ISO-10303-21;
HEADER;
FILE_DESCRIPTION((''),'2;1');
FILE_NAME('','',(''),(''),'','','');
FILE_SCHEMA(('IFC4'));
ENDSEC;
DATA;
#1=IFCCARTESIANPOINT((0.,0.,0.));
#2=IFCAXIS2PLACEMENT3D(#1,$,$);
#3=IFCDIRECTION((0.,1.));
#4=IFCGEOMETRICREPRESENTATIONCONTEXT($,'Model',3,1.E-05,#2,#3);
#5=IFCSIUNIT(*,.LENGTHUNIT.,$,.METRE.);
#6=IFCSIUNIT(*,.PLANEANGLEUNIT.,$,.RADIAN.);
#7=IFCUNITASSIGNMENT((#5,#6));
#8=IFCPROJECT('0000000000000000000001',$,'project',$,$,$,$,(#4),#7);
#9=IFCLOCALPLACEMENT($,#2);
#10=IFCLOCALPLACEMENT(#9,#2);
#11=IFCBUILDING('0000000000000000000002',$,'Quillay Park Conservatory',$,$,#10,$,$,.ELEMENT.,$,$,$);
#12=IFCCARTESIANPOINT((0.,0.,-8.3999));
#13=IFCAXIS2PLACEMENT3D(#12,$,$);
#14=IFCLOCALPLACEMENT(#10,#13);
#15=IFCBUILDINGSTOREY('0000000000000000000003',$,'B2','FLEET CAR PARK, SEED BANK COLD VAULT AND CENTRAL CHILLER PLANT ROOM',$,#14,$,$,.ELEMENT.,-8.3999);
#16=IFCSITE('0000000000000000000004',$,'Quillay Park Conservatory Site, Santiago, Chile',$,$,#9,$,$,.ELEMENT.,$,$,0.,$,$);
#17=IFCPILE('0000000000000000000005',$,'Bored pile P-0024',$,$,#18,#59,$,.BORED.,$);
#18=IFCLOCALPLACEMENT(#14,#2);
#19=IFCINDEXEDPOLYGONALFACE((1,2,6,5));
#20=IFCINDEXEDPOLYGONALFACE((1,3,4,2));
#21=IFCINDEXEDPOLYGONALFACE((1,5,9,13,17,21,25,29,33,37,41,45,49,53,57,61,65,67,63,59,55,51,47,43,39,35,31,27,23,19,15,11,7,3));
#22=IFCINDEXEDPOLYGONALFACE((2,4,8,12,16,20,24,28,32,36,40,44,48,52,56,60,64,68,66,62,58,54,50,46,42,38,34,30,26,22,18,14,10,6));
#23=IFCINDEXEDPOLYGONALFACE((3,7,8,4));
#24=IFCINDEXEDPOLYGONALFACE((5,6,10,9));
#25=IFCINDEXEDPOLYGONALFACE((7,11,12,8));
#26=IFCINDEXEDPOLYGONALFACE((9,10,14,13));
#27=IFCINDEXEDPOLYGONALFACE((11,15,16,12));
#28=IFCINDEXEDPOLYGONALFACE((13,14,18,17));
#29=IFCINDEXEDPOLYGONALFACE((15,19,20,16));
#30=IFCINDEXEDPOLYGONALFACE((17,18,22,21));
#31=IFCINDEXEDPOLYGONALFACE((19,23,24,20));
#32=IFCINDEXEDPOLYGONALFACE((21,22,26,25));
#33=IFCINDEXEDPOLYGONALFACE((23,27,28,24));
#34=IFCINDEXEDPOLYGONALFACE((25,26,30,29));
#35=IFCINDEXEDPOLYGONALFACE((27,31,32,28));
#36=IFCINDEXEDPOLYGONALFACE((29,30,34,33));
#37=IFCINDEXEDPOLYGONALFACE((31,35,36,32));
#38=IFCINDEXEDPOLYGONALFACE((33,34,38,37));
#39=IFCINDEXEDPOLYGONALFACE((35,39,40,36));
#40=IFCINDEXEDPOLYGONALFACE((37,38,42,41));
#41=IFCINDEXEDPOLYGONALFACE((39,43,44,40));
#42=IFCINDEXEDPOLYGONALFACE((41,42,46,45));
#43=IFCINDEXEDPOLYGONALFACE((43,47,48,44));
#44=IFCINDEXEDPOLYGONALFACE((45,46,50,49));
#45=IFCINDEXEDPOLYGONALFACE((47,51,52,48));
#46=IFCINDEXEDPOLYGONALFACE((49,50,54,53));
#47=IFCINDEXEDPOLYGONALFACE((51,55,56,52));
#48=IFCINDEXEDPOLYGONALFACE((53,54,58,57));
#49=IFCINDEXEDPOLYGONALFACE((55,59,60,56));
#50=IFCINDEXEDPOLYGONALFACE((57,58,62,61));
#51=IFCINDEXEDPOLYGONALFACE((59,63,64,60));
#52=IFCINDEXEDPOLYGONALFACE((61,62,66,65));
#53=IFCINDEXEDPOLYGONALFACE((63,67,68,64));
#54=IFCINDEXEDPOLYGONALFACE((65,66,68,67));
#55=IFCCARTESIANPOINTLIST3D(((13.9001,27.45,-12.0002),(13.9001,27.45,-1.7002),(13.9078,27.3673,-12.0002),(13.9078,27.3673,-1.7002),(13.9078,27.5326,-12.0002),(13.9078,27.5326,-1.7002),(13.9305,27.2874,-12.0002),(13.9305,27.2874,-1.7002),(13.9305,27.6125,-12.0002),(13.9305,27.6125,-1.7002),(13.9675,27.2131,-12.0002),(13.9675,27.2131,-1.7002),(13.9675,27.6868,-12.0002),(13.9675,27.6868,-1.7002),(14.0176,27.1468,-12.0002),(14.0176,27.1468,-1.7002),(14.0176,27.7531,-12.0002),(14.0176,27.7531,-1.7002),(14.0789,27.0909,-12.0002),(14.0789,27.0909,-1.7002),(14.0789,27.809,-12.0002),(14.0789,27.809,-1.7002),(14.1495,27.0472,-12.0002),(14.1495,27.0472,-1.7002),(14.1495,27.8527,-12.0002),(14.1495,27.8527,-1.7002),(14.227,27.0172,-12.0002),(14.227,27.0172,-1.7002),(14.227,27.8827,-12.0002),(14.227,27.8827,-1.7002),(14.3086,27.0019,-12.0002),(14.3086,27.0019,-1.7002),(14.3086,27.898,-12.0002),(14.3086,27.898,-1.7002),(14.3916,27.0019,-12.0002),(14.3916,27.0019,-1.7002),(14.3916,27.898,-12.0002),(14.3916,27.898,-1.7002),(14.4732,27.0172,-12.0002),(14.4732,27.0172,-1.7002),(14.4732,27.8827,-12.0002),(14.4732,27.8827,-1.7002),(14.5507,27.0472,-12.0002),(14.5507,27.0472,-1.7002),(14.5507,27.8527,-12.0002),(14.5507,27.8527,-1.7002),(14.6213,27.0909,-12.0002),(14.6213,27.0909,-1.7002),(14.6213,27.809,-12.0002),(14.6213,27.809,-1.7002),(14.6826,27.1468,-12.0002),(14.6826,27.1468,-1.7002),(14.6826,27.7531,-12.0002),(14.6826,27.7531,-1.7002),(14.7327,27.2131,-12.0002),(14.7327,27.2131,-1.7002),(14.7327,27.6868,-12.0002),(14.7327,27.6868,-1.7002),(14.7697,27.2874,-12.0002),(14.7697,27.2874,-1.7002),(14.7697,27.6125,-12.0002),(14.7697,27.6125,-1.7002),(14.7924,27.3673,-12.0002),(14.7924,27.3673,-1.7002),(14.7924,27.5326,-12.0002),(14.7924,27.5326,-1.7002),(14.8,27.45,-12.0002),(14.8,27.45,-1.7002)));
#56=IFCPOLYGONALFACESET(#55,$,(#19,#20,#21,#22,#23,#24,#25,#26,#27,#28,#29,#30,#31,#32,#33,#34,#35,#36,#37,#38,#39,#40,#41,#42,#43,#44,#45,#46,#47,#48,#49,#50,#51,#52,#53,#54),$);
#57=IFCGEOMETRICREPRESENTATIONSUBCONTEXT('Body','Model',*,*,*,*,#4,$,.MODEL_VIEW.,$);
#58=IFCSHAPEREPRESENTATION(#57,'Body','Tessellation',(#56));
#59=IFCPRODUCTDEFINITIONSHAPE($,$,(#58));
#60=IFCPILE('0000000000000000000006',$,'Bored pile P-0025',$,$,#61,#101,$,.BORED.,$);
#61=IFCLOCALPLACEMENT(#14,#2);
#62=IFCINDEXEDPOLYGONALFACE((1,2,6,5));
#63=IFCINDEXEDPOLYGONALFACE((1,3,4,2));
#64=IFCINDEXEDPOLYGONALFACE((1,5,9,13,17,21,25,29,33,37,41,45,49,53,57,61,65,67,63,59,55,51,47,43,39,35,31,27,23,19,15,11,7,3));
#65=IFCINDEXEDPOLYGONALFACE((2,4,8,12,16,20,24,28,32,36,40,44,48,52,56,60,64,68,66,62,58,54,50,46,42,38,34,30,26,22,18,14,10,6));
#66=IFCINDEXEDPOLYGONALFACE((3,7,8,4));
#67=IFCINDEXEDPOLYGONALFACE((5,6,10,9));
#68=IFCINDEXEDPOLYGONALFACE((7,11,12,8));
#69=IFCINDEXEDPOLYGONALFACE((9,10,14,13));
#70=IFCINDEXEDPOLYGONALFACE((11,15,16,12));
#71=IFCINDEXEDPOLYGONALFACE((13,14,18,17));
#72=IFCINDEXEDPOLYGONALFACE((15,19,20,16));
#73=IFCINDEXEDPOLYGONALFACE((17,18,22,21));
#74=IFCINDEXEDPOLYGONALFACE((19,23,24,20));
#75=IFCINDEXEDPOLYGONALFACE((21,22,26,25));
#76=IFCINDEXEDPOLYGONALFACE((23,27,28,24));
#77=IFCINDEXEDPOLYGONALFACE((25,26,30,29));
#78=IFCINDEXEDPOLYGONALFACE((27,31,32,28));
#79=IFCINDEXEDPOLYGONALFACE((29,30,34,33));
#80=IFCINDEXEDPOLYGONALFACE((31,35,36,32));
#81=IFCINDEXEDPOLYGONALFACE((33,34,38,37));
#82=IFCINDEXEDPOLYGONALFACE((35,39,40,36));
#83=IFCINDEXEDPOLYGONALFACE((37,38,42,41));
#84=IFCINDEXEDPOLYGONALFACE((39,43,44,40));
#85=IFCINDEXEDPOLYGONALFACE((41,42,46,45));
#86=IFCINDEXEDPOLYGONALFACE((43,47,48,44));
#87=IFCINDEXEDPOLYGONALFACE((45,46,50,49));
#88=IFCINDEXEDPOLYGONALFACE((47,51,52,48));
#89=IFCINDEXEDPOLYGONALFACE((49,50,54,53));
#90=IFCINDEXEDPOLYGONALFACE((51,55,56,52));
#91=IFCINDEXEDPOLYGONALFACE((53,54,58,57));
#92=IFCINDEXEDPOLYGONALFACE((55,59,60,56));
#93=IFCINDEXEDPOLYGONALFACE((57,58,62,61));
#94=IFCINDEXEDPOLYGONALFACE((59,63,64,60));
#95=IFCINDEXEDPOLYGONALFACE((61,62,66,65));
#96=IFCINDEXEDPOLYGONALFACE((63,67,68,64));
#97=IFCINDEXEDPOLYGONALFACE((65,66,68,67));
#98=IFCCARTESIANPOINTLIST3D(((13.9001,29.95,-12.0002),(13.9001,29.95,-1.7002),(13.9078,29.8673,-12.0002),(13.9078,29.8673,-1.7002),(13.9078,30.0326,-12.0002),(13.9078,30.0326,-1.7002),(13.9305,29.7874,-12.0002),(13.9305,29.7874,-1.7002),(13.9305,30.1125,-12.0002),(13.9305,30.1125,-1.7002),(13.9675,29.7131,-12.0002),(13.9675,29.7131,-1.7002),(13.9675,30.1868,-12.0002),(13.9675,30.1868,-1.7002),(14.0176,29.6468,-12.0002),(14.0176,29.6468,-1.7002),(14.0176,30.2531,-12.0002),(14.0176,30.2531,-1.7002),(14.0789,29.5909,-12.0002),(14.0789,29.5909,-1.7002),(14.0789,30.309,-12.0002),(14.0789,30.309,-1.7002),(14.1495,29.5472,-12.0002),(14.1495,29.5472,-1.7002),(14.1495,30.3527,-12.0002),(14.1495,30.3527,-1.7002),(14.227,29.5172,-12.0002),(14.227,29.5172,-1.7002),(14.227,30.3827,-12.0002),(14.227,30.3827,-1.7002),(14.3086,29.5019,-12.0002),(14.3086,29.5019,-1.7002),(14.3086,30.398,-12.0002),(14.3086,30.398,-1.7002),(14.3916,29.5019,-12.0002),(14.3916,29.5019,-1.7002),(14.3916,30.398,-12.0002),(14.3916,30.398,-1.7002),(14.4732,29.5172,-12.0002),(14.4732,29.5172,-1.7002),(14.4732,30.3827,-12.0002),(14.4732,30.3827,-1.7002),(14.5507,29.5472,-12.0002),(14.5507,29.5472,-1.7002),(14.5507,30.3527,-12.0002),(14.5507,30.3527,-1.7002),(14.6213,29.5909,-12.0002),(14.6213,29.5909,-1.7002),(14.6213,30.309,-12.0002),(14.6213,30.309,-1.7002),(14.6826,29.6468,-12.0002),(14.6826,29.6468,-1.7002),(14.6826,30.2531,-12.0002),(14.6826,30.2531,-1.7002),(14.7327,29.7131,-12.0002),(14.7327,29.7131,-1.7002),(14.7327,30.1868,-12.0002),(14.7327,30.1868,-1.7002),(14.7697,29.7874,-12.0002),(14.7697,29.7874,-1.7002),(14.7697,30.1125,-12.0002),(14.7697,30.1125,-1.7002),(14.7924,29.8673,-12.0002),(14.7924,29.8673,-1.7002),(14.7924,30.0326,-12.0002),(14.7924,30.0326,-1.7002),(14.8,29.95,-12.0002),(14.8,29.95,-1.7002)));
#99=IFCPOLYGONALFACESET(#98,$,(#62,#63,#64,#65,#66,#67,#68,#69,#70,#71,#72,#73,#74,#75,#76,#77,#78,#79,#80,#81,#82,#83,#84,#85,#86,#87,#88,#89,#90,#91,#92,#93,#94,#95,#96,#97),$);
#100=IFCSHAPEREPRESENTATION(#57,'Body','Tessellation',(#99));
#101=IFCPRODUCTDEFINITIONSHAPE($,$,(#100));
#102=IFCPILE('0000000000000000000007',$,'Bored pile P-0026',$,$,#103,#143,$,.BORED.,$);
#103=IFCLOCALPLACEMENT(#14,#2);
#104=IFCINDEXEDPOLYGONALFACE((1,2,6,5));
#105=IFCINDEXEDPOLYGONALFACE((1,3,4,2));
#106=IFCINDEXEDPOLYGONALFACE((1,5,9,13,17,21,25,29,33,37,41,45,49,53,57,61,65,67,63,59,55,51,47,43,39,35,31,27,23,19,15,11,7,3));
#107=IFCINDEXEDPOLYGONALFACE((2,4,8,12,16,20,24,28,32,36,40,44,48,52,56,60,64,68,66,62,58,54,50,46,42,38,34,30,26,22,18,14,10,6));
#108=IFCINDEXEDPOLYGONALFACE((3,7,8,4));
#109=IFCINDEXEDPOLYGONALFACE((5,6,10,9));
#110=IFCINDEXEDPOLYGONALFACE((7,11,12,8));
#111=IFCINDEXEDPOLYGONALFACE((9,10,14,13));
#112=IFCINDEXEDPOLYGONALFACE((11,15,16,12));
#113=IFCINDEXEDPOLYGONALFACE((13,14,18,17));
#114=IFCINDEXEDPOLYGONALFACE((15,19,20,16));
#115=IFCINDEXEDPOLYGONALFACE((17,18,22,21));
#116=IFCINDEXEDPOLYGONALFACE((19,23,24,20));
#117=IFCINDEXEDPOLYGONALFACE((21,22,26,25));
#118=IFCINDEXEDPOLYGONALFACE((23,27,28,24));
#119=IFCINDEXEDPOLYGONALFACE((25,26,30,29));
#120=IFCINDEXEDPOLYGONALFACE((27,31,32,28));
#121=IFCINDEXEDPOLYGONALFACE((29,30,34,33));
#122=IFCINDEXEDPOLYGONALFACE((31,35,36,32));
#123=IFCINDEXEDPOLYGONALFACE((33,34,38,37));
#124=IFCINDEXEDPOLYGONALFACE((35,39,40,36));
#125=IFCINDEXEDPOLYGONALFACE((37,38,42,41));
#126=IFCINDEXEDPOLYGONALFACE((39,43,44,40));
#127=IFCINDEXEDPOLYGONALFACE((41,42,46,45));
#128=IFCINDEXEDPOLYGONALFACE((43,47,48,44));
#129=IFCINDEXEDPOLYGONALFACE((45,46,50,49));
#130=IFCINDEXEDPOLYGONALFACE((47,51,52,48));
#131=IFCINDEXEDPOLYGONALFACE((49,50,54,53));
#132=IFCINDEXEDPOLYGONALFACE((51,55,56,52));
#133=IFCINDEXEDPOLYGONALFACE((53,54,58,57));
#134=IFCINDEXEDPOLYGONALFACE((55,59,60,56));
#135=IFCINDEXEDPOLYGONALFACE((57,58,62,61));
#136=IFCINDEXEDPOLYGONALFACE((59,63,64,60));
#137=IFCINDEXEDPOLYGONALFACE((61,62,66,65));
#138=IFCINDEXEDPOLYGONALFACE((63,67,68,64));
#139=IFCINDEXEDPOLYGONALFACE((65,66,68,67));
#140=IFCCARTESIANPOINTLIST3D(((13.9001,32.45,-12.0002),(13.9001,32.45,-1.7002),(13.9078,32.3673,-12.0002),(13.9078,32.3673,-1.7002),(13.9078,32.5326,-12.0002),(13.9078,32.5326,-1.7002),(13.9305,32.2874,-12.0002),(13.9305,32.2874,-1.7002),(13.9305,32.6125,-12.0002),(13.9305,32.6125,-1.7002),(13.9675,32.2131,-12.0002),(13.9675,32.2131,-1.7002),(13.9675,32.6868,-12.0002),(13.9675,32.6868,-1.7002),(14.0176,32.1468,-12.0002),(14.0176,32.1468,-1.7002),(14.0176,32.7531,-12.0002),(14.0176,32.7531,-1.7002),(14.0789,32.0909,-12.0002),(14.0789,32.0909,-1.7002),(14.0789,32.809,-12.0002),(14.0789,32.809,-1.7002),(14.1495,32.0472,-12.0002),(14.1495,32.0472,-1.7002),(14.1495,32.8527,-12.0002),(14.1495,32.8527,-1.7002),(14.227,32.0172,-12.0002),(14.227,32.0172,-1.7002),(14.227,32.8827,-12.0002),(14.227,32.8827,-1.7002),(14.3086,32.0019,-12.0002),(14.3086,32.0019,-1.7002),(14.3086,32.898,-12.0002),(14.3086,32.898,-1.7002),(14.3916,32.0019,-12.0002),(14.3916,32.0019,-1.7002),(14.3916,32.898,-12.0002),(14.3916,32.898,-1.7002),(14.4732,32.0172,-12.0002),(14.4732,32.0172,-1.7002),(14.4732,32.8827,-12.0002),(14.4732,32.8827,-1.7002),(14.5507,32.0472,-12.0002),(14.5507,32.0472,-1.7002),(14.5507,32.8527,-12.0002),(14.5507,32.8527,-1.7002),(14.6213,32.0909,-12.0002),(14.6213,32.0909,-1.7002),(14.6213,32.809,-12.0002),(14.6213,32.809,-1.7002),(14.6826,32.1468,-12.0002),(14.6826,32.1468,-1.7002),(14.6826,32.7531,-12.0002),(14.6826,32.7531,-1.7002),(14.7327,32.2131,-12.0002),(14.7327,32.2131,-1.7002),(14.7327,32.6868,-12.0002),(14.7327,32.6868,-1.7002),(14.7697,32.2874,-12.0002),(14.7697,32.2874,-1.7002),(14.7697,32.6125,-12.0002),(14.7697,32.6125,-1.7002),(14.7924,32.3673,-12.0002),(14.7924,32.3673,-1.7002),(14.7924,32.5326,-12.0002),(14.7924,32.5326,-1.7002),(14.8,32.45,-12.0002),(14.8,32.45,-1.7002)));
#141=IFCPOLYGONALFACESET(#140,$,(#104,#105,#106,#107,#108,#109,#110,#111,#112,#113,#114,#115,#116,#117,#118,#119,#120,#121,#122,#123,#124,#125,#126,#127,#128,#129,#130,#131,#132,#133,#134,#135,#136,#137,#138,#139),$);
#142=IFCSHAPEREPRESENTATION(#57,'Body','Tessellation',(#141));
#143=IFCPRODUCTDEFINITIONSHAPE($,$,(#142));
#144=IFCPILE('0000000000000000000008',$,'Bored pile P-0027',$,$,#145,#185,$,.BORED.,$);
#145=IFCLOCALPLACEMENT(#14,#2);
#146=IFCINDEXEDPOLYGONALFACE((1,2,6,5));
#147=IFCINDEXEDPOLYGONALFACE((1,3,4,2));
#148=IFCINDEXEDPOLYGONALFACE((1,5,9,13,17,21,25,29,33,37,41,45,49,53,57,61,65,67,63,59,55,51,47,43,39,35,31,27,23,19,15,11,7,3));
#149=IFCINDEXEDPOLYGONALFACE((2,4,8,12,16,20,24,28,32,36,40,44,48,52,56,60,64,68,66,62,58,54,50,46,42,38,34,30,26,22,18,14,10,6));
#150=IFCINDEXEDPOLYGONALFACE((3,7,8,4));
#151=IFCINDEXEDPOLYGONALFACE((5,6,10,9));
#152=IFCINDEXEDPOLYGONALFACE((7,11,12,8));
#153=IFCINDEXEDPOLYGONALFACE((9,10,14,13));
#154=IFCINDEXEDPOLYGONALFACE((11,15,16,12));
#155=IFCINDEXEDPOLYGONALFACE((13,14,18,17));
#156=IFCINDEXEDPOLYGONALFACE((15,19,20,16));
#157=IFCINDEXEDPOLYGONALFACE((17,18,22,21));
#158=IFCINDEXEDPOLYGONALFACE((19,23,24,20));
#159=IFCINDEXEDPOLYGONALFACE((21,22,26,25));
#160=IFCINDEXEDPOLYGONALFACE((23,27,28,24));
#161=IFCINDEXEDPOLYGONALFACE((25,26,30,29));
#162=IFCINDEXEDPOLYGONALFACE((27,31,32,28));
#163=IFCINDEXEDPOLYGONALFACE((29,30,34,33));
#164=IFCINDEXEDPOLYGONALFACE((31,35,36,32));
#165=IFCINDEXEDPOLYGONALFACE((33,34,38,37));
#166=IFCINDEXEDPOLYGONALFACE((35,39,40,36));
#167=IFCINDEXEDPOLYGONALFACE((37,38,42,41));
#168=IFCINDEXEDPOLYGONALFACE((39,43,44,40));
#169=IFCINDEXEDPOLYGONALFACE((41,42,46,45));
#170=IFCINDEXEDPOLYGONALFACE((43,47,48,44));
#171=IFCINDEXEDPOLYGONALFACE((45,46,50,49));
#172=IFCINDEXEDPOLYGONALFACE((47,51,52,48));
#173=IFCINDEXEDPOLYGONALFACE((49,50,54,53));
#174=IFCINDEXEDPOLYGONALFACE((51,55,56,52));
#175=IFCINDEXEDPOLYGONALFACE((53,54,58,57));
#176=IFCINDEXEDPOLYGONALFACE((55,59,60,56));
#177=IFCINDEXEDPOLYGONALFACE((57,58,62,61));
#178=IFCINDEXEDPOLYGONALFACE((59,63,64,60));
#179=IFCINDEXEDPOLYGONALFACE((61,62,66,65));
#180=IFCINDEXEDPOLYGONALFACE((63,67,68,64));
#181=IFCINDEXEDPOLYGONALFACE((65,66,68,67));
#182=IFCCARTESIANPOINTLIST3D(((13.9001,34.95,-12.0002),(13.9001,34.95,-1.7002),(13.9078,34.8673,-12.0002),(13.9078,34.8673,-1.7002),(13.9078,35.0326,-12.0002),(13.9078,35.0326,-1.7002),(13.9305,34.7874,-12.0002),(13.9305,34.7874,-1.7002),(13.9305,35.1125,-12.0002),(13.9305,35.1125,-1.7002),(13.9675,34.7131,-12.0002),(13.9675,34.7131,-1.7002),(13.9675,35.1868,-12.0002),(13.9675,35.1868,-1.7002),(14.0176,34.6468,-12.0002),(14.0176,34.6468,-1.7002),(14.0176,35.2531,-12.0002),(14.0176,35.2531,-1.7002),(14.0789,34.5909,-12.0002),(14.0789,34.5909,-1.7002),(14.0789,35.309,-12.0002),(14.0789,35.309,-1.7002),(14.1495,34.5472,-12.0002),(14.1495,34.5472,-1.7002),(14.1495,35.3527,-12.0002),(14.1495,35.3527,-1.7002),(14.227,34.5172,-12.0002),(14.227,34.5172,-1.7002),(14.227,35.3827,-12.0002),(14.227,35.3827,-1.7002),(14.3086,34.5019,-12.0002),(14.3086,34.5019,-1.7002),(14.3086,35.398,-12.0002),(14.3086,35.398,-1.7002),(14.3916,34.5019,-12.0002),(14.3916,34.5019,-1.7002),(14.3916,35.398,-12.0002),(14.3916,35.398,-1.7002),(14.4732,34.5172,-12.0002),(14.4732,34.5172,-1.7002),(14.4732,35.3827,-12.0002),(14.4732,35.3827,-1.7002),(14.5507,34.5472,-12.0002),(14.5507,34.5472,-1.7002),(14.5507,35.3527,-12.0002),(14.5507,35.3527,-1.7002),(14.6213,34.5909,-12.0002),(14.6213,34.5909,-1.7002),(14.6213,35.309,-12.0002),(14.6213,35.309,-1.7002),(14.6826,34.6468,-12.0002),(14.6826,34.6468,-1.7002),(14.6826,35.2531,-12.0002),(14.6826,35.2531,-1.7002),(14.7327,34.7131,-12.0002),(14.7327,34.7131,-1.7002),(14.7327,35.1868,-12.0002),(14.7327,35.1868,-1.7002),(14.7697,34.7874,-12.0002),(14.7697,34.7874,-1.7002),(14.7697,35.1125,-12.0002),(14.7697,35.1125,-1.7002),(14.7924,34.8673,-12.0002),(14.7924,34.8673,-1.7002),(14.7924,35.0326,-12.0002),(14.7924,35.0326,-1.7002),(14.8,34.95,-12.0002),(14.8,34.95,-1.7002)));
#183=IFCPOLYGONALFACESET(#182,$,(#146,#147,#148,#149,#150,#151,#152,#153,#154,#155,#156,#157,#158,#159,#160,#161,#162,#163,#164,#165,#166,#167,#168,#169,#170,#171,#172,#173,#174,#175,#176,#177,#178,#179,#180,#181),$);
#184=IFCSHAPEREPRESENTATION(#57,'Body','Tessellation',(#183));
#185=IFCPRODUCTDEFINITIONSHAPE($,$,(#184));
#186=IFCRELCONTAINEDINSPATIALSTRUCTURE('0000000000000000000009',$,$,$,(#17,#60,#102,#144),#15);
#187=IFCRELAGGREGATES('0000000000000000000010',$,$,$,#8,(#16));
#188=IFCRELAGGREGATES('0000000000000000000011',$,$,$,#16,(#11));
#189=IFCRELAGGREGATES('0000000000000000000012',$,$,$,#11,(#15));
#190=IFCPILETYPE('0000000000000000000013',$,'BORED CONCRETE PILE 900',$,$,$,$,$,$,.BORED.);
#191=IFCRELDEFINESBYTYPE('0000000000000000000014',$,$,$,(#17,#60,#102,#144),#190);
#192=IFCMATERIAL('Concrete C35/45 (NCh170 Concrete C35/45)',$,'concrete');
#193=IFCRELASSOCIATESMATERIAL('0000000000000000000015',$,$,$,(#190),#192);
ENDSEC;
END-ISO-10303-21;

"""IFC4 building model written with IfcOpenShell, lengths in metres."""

from ifc_helpers import new_model, si_unit, direction, frame, origin, origin_2d, place, context, subcontext, project, spatial, circle, extrude, material, material_profile, profile_set, type_object, element, save


model = new_model("IFC4")

# Units and contexts
model_context = context("Model", 3, precision=1e-05, world=origin(), true_north=direction((0.0, 1.0)))
body_context = subcontext(model_context, "Body", "Model", "MODEL_VIEW")
ifc_project = project(units=[si_unit("LENGTHUNIT", "METRE"), si_unit("PLANEANGLEUNIT", "RADIAN")], contexts=[model_context])

# Site, building, storey
site_placement = place(None, origin())
site = spatial("IfcSite", under=ifc_project, at=site_placement, Name="Quillay Park Conservatory Site, Santiago, Chile", CompositionType="ELEMENT", RefElevation=0.0)
building_placement = place(site_placement, origin())
building = spatial("IfcBuilding", under=site, at=building_placement, Name="Quillay Park Conservatory", CompositionType="ELEMENT")
storey_placement = place(building_placement, frame((0.0, 0.0, -8.3999)))
storey = spatial("IfcBuildingStorey", under=building, at=storey_placement, Name="B2", Description="FLEET CAR PARK, SEED BANK COLD VAULT AND CENTRAL CHILLER PLANT ROOM", CompositionType="ELEMENT", Elevation=-8.3999)

# Piles
ifc_material_1 = material(Name="Concrete C35/45 (NCh170 Concrete C35/45)", Category="concrete")
ifc_material_profile_1 = material_profile(ifc_material_1, circle(Radius=0.45, at=origin_2d()), Name="PILE900")
ifc_profile_set_1 = profile_set([ifc_material_profile_1], Name="Concrete C35/45 (NCh170 Concrete C35/45)")
pile_type = type_object("IfcPileType", Name="BORED CONCRETE PILE 900", PredefinedType="BORED", material=ifc_profile_set_1)
for number, where, z_axis, x_axis, name in (
    (1, (14.3501, 27.45, -1.7002), (0.0, 0.0, -1.0), (1.0, 0.0, 0.0), "Bored pile P-0024"),
    (2, (14.3501, 29.95, -1.7002), (0.0, 0.0, -1.0), (1.0, 0.0, 0.0), "Bored pile P-0025"),
    (3, (14.3501, 32.45, -1.7002), (0.0, 0.0, -1.0), (1.0, 0.0, 0.0), "Bored pile P-0026"),
    (4, (14.3501, 34.95, -1.7002), (0.0, 0.0, -1.0), (1.0, 0.0, 0.0), "Bored pile P-0027"),
):
    element("IfcPile", number, at=place(storey_placement, frame(where, z_axis=z_axis, x_axis=x_axis)), inside=storey, type_object=pile_type, Name=name, PredefinedType="BORED", context=body_context, shape_type="SweptSolid", body=[
        extrude(circle(Radius=0.45, at=origin_2d()), origin(), (0.0, 0.0, 1.0), 10.3),
    ])

save(model, "model.ifc")
